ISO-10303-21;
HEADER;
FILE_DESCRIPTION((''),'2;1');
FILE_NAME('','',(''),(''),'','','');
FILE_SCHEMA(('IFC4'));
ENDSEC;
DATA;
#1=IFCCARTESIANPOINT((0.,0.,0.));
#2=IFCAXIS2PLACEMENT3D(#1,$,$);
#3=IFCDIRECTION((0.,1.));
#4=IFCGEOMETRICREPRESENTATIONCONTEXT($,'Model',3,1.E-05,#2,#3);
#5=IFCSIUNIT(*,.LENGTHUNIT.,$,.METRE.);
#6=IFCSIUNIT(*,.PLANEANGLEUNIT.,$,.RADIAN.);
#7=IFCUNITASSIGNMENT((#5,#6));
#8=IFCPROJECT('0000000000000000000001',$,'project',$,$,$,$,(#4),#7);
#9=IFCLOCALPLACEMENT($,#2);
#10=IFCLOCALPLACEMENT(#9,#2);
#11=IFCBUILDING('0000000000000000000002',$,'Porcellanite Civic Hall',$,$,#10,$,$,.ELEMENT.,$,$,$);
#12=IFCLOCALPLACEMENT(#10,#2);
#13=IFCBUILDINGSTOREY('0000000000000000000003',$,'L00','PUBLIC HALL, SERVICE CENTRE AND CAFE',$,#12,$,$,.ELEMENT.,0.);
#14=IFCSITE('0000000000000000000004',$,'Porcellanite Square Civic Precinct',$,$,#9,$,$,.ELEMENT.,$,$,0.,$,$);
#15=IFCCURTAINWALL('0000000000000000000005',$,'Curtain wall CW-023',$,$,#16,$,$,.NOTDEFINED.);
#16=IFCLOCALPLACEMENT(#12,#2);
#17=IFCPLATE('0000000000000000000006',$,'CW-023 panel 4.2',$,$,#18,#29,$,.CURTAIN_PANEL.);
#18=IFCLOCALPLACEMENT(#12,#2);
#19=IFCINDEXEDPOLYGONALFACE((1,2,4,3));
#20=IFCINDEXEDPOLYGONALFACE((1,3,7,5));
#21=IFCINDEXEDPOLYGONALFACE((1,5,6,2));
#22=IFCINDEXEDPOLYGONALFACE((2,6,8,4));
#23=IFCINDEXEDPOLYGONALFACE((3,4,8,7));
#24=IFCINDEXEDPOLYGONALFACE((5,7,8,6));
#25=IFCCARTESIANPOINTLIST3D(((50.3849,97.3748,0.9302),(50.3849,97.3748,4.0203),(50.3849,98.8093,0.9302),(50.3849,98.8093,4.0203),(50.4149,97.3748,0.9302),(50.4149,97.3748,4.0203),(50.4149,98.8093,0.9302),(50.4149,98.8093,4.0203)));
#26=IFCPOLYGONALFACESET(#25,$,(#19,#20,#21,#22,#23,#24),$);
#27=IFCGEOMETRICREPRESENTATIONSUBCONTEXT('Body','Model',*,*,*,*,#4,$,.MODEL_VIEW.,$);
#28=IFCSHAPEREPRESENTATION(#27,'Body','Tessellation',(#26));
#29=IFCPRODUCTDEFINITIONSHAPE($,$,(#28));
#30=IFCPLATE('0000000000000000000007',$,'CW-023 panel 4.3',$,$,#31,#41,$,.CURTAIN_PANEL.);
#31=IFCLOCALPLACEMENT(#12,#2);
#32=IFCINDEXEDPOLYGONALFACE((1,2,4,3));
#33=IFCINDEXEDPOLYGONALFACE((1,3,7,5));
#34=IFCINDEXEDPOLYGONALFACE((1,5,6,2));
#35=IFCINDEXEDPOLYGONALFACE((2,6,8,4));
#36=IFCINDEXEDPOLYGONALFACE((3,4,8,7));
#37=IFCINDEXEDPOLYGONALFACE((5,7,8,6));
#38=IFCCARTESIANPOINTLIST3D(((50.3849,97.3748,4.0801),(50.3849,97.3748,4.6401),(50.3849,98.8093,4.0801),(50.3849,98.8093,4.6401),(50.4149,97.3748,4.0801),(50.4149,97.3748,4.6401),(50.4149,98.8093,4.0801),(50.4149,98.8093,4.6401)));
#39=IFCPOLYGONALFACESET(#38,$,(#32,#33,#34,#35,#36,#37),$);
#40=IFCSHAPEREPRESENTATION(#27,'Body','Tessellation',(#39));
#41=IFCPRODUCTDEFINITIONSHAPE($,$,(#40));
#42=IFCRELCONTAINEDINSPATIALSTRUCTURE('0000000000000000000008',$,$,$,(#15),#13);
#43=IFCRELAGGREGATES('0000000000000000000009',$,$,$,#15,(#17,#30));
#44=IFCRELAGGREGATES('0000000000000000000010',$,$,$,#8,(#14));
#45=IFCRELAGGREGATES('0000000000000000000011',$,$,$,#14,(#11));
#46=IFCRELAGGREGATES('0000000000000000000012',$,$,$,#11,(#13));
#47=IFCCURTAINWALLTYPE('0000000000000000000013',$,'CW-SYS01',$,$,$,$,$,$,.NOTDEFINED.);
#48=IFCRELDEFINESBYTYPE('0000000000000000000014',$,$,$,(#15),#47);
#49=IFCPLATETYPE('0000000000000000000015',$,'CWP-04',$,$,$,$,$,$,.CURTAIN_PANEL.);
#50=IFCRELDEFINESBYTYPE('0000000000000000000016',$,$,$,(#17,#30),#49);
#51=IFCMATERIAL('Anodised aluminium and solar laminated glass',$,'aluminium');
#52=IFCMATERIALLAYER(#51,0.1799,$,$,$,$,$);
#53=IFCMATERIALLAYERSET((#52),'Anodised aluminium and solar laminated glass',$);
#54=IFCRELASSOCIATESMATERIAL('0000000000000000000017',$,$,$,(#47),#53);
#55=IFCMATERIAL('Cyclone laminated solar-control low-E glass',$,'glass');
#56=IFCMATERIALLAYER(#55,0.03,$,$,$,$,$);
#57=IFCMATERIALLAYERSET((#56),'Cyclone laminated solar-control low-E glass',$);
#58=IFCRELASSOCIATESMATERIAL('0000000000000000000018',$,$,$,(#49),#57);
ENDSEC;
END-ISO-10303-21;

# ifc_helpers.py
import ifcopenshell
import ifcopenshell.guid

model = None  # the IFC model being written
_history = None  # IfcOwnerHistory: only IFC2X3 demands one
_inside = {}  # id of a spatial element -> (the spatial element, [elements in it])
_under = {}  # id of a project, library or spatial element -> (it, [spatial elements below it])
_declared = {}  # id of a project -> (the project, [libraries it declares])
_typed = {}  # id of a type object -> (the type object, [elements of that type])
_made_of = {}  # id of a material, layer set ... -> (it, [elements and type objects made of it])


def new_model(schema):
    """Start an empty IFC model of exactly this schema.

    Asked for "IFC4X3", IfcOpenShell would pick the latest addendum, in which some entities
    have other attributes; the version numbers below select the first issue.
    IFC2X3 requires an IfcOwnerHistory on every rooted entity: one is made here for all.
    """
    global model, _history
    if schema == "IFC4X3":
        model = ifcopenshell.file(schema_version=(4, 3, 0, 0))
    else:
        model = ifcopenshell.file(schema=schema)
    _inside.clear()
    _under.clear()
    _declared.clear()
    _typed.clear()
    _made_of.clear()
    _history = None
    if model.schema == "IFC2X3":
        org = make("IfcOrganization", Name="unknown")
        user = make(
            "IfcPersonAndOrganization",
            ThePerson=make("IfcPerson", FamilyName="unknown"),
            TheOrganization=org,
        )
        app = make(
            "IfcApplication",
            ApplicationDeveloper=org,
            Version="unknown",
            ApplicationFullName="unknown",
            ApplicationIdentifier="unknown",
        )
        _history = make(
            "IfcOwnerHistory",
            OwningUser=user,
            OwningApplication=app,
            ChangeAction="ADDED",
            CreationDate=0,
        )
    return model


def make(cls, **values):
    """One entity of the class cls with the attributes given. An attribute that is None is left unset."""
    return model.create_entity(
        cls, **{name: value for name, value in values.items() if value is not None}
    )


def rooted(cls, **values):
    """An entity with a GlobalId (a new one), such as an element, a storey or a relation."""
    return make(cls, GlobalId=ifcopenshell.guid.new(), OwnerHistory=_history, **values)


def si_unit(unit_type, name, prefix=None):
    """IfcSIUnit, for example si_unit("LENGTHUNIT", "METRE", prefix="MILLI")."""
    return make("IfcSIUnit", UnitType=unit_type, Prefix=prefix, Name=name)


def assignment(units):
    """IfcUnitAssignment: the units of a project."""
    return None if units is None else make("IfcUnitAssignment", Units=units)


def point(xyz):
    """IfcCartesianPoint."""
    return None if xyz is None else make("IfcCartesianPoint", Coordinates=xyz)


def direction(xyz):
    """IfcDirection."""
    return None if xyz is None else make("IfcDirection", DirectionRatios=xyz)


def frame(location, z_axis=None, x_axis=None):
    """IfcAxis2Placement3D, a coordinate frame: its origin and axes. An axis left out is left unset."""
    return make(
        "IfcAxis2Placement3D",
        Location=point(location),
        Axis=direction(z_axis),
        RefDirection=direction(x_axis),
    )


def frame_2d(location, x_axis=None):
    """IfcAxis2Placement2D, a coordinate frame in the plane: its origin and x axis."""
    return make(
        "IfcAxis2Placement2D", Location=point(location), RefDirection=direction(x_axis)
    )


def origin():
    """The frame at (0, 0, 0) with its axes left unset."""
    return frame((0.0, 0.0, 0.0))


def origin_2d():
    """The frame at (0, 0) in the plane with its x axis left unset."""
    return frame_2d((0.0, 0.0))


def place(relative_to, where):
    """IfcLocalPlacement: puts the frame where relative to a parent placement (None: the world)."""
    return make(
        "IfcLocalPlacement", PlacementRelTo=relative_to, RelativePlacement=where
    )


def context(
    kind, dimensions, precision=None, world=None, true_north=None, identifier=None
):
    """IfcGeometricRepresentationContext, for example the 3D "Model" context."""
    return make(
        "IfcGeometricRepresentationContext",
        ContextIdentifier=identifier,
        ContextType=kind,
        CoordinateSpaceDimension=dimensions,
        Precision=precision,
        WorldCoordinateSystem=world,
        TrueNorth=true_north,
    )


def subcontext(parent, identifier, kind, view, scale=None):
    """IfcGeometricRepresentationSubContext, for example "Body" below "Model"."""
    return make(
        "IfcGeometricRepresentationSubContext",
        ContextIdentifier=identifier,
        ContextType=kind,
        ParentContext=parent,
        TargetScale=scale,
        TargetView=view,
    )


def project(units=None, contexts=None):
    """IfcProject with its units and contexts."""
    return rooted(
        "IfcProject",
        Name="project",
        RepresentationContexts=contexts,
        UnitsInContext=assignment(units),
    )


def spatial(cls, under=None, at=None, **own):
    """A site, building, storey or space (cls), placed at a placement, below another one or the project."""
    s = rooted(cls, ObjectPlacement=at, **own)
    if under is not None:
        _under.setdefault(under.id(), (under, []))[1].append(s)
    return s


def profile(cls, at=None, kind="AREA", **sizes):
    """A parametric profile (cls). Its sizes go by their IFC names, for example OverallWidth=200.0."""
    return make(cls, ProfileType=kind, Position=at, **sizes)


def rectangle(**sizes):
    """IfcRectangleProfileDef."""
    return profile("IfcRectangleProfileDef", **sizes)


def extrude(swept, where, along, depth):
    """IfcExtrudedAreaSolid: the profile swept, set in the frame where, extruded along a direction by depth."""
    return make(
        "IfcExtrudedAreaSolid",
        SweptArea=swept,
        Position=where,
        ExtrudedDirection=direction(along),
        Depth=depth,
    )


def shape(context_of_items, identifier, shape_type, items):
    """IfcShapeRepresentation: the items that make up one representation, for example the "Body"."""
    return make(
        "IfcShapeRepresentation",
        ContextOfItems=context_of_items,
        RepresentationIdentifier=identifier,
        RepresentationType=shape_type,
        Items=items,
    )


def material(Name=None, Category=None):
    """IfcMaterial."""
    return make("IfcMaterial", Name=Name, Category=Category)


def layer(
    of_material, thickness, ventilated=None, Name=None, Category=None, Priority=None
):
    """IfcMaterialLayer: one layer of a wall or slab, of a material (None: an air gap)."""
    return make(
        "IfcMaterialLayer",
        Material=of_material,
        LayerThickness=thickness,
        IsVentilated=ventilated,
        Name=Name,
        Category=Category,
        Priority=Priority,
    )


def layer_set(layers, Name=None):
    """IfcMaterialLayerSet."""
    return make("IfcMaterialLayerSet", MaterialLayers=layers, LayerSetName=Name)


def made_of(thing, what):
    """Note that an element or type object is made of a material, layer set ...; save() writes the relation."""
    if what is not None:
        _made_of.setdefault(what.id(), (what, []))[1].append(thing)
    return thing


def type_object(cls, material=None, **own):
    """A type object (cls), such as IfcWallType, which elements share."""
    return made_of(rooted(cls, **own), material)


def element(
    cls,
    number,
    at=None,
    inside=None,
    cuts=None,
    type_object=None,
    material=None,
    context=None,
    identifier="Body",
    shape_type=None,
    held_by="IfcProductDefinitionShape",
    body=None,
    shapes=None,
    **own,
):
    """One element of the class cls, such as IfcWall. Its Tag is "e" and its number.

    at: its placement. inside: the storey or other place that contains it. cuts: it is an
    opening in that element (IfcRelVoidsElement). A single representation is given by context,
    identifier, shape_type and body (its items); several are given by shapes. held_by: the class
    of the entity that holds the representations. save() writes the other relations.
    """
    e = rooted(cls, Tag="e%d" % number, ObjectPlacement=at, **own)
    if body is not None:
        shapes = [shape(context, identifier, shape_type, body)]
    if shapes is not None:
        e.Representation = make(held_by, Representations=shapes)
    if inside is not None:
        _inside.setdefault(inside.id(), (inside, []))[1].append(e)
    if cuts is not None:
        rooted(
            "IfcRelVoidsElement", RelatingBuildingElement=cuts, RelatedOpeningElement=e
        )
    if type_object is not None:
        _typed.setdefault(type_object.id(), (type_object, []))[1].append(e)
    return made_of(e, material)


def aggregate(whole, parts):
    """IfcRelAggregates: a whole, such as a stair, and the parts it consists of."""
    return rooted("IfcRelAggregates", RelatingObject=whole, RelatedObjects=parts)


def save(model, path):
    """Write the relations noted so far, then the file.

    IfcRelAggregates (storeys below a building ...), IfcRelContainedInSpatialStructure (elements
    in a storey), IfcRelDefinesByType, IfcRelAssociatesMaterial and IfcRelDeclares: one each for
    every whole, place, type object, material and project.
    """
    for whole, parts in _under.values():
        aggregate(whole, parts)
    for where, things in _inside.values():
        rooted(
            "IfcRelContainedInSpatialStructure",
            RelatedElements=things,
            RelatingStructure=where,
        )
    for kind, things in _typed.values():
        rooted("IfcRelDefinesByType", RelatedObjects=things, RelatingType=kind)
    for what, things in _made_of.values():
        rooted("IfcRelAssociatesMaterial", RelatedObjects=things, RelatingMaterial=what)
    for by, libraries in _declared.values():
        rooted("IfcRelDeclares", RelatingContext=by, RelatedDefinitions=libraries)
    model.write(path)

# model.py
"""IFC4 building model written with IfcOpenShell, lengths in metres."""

from ifc_helpers import new_model, si_unit, direction, frame, origin, origin_2d, place, context, subcontext, project, spatial, rectangle, extrude, material, layer, layer_set, type_object, element, aggregate, save


model = new_model("IFC4")

# Units and contexts
model_context = context("Model", 3, precision=1e-05, world=origin(), true_north=direction((0.0, 1.0)))
body_context = subcontext(model_context, "Body", "Model", "MODEL_VIEW")
ifc_project = project(units=[si_unit("LENGTHUNIT", "METRE"), si_unit("PLANEANGLEUNIT", "RADIAN")], contexts=[model_context])

# Site, building, storey
site_placement = place(None, origin())
site = spatial("IfcSite", under=ifc_project, at=site_placement, Name="Porcellanite Square Civic Precinct", CompositionType="ELEMENT", RefElevation=0.0)
building_placement = place(site_placement, origin())
building = spatial("IfcBuilding", under=site, at=building_placement, Name="Porcellanite Civic Hall", CompositionType="ELEMENT")
storey_placement = place(building_placement, origin())
storey = spatial("IfcBuildingStorey", under=building, at=storey_placement, Name="L00", Description="PUBLIC HALL, SERVICE CENTRE AND CAFE", CompositionType="ELEMENT", Elevation=0.0)

# Curtain wall, plates
ifc_material_1 = material(Name="Anodised aluminium and solar laminated glass", Category="aluminium")
ifc_layer_1 = layer(ifc_material_1, 0.1799)
ifc_layer_set_1 = layer_set([ifc_layer_1], Name="Anodised aluminium and solar laminated glass")
curtain_wall_type = type_object("IfcCurtainWallType", Name="CW-SYS01", PredefinedType="NOTDEFINED", material=ifc_layer_set_1)
curtain_wall_placement = place(storey_placement, origin())
curtain_wall = element("IfcCurtainWall", 1, at=curtain_wall_placement, inside=storey, type_object=curtain_wall_type, Name="Curtain wall CW-023", PredefinedType="NOTDEFINED")
ifc_material_2 = material(Name="Cyclone laminated solar-control low-E glass", Category="glass")
ifc_layer_2 = layer(ifc_material_2, 0.03)
ifc_layer_set_2 = layer_set([ifc_layer_2], Name="Cyclone laminated solar-control low-E glass")
plate_type = type_object("IfcPlateType", Name="CWP-04", PredefinedType="CURTAIN_PANEL", material=ifc_layer_set_2)
plate_1_placement = place(storey_placement, frame((50.3999, 98.092, 0.9302), z_axis=(0.0, 0.0, 1.0), x_axis=(0.0, 1.0, 0.0)))
plate_1 = element("IfcPlate", 2, at=plate_1_placement, type_object=plate_type, Name="CW-023 panel 4.2", PredefinedType="CURTAIN_PANEL", context=body_context, shape_type="SweptSolid", body=[
    extrude(rectangle(XDim=1.4346, YDim=0.03, at=origin_2d()), origin(), (0.0, 0.0, 1.0), 3.0901),
])
plate_2_placement = place(storey_placement, frame((50.3999, 98.092, 4.0801), z_axis=(0.0, 0.0, 1.0), x_axis=(0.0, 1.0, 0.0)))
plate_2 = element("IfcPlate", 3, at=plate_2_placement, type_object=plate_type, Name="CW-023 panel 4.3", PredefinedType="CURTAIN_PANEL", context=body_context, shape_type="SweptSolid", body=[
    extrude(rectangle(XDim=1.4346, YDim=0.03, at=origin_2d()), origin(), (0.0, 0.0, 1.0), 0.5601),
])
aggregate(curtain_wall, [plate_1, plate_2])

save(model, "model.ifc")
